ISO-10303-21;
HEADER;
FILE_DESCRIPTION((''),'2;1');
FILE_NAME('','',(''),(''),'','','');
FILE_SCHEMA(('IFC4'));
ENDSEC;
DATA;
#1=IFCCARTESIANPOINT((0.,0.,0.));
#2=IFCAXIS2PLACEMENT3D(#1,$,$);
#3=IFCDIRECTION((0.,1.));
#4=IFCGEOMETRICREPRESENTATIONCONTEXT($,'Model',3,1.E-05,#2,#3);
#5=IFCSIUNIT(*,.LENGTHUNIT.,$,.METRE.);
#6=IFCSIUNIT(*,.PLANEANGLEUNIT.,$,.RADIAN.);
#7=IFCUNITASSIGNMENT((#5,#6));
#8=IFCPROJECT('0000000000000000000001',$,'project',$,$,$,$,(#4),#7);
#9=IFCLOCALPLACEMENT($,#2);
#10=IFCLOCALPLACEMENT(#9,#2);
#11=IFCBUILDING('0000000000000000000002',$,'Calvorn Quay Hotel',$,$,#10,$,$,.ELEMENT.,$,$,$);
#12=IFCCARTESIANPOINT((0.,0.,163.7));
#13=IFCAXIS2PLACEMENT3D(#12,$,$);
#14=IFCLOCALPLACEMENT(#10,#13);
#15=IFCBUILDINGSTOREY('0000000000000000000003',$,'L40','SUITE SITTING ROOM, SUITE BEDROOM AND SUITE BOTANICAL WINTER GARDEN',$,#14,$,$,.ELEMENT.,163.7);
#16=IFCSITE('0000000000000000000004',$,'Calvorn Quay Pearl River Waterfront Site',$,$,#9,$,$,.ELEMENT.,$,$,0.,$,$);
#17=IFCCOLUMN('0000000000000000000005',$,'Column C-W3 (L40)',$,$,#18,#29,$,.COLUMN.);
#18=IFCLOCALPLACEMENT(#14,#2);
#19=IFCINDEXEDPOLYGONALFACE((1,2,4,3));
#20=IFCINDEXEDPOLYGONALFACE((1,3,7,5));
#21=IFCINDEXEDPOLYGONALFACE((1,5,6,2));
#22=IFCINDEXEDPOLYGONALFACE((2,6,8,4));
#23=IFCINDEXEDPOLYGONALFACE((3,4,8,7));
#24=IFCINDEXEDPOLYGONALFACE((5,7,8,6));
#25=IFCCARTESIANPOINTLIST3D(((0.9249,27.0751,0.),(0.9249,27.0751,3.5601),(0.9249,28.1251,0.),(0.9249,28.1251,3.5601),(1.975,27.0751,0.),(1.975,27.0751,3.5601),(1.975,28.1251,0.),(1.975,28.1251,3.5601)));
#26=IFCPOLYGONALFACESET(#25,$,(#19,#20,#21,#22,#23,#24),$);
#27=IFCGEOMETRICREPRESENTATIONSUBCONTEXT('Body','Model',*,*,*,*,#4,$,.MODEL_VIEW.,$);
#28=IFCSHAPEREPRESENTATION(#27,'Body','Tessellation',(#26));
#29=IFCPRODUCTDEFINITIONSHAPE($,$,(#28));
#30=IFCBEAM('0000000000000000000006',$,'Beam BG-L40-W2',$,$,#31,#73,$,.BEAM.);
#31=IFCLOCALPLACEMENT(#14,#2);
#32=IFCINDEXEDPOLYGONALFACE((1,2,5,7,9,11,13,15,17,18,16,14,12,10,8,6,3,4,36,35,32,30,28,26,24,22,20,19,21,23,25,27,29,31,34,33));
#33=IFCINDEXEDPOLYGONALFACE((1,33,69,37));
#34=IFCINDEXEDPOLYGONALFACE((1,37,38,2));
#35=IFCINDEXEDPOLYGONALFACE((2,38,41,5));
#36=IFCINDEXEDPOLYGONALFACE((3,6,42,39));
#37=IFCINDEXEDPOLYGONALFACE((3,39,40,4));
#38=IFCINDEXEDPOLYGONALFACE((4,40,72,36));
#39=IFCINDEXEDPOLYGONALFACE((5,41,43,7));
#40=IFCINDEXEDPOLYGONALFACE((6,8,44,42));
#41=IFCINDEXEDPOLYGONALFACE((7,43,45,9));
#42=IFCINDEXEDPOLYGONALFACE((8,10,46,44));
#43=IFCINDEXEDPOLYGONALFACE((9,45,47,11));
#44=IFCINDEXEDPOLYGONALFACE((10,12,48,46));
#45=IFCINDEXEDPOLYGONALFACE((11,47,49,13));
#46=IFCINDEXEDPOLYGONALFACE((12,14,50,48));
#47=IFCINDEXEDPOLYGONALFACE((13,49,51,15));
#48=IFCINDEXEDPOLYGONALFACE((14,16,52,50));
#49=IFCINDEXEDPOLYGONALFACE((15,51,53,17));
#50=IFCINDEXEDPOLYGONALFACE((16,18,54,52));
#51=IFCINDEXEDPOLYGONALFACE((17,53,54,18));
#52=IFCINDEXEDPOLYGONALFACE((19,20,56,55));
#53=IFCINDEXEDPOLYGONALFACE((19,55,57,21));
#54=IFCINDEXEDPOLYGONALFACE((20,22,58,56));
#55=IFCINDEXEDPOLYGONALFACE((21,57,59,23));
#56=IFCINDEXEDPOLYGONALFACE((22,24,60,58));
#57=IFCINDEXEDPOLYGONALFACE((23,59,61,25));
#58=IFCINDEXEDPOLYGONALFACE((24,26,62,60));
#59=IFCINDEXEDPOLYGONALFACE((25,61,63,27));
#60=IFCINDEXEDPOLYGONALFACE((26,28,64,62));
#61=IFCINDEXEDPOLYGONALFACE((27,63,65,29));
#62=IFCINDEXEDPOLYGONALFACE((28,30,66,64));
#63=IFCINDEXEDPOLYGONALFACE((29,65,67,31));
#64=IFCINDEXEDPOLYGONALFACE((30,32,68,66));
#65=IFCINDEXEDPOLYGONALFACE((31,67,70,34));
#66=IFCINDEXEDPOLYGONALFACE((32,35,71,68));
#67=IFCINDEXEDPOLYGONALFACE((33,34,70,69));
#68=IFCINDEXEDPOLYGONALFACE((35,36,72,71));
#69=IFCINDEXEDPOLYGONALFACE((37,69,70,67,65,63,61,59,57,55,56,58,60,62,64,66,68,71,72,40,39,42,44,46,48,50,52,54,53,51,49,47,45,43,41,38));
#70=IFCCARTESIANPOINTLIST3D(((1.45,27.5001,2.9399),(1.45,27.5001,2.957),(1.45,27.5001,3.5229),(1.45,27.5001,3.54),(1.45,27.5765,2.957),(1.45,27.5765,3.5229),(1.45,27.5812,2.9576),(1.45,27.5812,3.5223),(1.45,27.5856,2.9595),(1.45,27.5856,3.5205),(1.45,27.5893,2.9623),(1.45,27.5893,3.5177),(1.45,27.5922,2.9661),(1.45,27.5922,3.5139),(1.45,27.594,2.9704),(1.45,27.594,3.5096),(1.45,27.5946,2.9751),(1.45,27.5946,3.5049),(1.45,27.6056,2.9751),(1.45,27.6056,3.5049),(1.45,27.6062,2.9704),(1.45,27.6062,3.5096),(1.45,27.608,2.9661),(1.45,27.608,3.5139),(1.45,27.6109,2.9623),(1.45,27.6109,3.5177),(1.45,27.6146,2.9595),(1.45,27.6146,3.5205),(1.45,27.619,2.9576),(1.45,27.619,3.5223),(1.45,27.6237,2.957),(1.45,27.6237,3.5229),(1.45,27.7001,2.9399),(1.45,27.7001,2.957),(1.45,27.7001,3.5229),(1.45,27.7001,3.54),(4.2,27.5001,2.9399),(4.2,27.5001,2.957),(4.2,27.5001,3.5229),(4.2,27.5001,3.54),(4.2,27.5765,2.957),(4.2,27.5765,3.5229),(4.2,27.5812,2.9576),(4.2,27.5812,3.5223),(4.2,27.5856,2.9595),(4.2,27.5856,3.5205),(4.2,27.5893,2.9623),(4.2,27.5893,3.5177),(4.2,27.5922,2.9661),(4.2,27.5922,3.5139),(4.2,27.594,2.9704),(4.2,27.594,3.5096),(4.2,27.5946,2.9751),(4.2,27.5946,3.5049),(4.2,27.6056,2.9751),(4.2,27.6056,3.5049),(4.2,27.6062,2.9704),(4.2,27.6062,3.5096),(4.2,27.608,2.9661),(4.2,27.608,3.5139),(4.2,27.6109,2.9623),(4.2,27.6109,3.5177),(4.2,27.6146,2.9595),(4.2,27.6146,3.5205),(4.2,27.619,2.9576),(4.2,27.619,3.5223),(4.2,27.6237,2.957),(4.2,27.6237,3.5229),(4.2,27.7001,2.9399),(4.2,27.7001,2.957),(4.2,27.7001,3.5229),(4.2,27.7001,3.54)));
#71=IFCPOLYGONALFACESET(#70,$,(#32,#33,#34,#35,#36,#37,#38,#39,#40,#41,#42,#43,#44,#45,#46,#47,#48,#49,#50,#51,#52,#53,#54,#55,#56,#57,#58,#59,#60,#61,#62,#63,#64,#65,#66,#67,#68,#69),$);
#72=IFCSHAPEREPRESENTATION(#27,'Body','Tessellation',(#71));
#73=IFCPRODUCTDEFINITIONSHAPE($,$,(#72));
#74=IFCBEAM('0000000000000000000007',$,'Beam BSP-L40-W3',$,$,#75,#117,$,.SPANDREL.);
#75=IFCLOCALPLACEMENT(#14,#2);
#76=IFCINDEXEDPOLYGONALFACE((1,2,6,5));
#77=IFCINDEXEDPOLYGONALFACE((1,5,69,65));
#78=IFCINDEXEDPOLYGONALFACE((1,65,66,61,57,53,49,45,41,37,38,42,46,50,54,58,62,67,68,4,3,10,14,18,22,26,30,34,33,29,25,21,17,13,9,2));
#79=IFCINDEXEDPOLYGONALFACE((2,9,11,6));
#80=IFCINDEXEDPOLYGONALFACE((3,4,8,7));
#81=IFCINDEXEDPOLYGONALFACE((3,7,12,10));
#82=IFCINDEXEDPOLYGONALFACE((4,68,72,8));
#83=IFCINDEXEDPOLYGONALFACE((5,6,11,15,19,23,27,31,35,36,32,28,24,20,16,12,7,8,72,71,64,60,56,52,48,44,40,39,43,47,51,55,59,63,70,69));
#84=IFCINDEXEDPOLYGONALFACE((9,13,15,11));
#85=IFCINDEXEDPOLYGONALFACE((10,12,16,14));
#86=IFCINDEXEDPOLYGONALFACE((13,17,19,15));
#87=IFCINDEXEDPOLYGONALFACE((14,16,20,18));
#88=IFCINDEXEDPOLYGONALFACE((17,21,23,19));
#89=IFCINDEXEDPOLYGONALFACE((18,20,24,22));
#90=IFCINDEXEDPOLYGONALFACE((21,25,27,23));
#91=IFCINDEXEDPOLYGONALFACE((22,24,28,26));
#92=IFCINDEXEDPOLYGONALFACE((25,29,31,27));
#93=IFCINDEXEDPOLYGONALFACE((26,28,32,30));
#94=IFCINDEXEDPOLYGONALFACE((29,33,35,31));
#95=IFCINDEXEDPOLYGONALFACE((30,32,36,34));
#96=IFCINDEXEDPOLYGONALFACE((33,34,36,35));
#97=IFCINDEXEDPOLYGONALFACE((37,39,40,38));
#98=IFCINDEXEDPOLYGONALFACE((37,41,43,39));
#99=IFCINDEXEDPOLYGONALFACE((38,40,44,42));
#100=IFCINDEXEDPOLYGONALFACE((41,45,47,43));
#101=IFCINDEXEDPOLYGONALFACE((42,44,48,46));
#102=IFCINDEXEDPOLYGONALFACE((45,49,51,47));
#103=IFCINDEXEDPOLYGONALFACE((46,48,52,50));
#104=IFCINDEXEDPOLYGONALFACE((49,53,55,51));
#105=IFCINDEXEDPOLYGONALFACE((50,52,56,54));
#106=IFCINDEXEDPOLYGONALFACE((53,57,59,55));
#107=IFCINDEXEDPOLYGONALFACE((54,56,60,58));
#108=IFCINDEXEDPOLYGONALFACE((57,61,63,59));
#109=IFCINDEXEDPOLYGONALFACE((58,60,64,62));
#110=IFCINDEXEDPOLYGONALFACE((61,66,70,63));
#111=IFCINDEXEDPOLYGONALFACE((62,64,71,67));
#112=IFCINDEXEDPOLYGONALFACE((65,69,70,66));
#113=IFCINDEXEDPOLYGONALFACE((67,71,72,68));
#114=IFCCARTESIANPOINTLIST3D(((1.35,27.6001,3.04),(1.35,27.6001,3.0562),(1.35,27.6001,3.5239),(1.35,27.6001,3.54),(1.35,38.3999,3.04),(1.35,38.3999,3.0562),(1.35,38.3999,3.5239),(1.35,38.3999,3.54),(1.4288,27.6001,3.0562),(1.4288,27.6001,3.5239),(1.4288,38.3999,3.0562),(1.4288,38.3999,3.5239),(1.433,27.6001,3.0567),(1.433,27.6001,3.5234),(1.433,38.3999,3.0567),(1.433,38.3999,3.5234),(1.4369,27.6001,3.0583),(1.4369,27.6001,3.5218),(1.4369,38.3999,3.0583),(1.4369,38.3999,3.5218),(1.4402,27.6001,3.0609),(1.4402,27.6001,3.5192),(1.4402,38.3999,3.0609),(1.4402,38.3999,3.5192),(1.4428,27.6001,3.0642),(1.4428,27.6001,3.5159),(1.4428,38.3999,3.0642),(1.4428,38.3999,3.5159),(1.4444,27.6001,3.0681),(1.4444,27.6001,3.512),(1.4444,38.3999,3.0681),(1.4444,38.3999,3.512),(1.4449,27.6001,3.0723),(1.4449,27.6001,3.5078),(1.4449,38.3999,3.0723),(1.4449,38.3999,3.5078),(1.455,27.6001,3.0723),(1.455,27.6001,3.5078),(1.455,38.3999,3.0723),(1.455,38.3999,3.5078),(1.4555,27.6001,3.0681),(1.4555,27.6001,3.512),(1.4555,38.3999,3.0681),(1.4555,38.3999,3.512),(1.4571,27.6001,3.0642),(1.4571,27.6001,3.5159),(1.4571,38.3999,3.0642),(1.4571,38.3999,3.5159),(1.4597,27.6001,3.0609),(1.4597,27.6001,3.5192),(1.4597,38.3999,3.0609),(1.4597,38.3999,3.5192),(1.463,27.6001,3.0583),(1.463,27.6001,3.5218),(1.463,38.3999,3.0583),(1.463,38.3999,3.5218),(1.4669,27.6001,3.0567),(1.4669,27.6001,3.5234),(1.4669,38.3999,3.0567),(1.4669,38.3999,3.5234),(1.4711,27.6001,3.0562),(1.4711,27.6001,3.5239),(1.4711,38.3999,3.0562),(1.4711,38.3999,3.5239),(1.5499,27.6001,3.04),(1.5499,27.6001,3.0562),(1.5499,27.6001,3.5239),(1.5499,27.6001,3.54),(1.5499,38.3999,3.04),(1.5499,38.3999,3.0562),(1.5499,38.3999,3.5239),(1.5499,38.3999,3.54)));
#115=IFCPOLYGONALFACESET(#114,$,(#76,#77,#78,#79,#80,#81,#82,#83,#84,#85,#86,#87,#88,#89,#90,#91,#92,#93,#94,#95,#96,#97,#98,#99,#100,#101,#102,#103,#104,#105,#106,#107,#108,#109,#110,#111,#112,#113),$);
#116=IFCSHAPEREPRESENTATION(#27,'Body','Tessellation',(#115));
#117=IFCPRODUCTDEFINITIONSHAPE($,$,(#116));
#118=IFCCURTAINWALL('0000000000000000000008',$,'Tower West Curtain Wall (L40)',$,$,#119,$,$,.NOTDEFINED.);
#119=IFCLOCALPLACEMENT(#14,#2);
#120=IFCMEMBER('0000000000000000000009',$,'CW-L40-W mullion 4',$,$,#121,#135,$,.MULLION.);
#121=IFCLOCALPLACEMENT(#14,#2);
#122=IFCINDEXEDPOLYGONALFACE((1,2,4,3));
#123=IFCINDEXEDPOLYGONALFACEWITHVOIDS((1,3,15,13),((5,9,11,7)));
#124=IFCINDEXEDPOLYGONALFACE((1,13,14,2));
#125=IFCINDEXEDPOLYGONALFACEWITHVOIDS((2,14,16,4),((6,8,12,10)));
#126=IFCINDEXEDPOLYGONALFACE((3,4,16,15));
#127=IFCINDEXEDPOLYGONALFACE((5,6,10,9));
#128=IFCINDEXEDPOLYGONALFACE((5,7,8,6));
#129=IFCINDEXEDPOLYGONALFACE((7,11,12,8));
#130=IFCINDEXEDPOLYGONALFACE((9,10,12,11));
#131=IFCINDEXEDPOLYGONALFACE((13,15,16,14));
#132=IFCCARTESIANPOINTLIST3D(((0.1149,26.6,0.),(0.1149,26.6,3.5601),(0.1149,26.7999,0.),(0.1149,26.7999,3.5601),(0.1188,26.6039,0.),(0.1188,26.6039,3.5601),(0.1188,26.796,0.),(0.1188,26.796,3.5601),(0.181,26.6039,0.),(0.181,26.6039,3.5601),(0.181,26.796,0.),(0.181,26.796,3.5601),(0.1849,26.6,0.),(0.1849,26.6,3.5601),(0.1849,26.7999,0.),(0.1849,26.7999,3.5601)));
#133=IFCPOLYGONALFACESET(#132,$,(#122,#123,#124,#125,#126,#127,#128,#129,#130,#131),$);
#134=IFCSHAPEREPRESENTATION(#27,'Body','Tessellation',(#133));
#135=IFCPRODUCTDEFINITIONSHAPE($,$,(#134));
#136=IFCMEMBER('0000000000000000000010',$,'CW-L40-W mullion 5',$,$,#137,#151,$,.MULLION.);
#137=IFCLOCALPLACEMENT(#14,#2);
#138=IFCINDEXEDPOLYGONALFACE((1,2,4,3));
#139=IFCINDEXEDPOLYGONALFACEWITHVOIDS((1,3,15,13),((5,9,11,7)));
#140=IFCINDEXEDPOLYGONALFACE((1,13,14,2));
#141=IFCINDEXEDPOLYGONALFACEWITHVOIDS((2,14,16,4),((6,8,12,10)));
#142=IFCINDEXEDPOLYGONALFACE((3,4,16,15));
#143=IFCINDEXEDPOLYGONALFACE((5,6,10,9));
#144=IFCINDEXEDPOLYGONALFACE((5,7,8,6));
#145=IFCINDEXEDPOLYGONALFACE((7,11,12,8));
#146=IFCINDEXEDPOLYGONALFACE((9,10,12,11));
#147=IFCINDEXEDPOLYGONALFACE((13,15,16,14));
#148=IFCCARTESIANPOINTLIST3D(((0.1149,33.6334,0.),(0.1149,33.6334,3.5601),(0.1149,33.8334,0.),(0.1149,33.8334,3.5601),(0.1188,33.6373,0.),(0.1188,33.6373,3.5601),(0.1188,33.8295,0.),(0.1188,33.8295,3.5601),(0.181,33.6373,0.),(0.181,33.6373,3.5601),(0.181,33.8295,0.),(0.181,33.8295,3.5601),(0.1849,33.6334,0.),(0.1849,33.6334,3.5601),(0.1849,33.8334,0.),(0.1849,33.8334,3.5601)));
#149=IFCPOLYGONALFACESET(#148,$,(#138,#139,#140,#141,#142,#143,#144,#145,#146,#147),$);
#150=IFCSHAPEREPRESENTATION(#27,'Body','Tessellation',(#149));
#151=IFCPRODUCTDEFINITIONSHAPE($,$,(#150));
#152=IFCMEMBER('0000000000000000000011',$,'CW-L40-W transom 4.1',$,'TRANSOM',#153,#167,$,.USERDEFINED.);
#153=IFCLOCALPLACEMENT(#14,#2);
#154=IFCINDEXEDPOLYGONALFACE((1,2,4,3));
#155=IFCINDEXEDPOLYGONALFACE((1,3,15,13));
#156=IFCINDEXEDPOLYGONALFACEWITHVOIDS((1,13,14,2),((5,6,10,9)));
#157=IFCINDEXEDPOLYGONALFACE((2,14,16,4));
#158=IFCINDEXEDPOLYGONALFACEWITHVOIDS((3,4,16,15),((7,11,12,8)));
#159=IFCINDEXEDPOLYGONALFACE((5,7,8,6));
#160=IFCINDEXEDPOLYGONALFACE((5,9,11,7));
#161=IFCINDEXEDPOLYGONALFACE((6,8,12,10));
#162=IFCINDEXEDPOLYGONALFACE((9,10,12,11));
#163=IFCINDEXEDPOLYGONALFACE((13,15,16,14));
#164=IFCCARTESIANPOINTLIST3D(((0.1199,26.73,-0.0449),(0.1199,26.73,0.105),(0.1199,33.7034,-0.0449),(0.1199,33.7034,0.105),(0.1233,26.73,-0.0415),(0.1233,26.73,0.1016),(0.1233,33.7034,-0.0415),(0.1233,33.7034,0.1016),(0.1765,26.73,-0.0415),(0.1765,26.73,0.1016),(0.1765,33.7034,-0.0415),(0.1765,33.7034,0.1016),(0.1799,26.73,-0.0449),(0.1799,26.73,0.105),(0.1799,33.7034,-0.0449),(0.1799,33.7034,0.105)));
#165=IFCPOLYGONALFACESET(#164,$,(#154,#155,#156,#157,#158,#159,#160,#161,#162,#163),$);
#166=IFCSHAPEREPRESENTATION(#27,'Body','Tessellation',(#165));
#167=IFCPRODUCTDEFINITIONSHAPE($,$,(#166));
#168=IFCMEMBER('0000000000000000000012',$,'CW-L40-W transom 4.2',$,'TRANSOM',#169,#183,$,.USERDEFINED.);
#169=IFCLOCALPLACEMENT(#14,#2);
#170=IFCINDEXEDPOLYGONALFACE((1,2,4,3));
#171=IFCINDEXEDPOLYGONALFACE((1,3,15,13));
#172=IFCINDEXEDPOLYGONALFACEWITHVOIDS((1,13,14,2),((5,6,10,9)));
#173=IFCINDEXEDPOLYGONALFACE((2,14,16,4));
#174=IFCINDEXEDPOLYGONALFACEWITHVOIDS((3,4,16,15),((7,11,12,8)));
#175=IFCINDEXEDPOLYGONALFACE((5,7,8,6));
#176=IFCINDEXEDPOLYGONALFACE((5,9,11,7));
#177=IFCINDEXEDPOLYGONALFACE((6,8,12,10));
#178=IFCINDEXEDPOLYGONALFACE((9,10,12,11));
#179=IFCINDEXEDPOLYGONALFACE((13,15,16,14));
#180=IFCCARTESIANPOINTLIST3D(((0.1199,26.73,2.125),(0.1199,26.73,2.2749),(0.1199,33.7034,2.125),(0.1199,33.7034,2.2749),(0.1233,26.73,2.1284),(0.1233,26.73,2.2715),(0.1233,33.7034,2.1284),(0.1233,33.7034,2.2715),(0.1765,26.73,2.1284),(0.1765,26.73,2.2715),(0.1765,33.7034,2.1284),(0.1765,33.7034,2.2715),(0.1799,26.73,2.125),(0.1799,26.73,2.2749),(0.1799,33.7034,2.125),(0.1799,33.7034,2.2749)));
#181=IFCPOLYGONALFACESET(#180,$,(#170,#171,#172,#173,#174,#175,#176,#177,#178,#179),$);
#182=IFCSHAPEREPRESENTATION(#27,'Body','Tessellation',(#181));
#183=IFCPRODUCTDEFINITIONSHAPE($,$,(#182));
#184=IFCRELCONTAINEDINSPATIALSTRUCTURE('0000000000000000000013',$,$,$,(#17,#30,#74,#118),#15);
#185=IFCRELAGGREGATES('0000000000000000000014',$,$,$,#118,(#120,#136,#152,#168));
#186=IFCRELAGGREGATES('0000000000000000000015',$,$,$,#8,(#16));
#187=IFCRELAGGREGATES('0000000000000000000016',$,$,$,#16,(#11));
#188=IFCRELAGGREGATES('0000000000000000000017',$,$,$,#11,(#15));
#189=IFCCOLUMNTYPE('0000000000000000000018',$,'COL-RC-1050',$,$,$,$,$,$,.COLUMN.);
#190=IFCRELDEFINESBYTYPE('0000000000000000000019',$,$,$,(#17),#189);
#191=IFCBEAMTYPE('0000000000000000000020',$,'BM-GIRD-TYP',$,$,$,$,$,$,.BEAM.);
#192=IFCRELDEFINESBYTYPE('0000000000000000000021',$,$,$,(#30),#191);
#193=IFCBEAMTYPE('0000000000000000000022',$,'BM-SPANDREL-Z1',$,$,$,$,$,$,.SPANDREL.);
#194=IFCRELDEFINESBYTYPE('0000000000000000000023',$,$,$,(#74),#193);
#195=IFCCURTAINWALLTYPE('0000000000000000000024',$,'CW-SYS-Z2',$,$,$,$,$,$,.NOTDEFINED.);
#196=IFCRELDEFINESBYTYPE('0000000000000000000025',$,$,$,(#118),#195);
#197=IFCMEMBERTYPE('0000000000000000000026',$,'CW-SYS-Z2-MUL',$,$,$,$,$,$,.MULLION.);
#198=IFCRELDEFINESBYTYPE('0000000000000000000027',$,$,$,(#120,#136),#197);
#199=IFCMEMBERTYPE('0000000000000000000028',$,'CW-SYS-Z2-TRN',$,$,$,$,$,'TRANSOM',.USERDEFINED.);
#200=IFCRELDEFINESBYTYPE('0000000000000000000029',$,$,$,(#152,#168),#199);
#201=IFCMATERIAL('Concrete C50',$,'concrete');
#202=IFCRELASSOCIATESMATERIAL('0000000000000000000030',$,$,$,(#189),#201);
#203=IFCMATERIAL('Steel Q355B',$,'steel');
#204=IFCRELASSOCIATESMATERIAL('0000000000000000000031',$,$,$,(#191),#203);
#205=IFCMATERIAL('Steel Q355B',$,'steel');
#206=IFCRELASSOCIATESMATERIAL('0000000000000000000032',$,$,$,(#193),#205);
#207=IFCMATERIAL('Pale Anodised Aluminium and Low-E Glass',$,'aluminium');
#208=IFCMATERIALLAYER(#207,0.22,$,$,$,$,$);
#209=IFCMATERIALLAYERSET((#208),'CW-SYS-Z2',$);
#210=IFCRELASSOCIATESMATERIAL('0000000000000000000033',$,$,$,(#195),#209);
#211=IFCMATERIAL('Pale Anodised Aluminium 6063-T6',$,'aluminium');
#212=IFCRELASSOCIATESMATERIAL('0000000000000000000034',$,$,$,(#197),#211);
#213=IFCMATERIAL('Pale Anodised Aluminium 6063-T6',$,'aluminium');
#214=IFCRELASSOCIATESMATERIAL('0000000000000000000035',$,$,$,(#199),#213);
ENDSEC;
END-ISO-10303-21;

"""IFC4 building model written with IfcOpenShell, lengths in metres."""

from ifc_helpers import new_model, si_unit, direction, frame, origin, origin_2d, place, context, subcontext, project, spatial, rectangle, hollow_rectangle, i_section, extrude, material, layer, layer_set, material_profile, profile_set, type_object, element, aggregate, save


model = new_model("IFC4")

# Units and contexts
model_context = context("Model", 3, precision=1e-05, world=origin(), true_north=direction((0.0, 1.0)))
body_context = subcontext(model_context, "Body", "Model", "MODEL_VIEW")
ifc_project = project(units=[si_unit("LENGTHUNIT", "METRE"), si_unit("PLANEANGLEUNIT", "RADIAN")], contexts=[model_context])

# Site, building, storey
site_placement = place(None, origin())
site = spatial("IfcSite", under=ifc_project, at=site_placement, Name="Calvorn Quay Pearl River Waterfront Site", CompositionType="ELEMENT", RefElevation=0.0)
building_placement = place(site_placement, origin())
building = spatial("IfcBuilding", under=site, at=building_placement, Name="Calvorn Quay Hotel", CompositionType="ELEMENT")
storey_placement = place(building_placement, frame((0.0, 0.0, 163.7)))
storey = spatial("IfcBuildingStorey", under=building, at=storey_placement, Name="L40", Description="SUITE SITTING ROOM, SUITE BEDROOM AND SUITE BOTANICAL WINTER GARDEN", CompositionType="ELEMENT", Elevation=163.7)

# Column
ifc_material_1 = material(Name="Concrete C50", Category="concrete")
ifc_material_profile_1 = material_profile(ifc_material_1, rectangle(XDim=1.05, YDim=1.05, at=origin_2d()), Name="RC1050x1050")
ifc_profile_set_1 = profile_set([ifc_material_profile_1], Name="Concrete C50")
column_type = type_object("IfcColumnType", Name="COL-RC-1050", PredefinedType="COLUMN", material=ifc_profile_set_1)
column_placement = place(storey_placement, frame((1.45, 27.6001, 0.0), z_axis=(0.0, 0.0, 1.0), x_axis=(1.0, 0.0, 0.0)))
element("IfcColumn", 1, at=column_placement, inside=storey, type_object=column_type, Name="Column C-W3 (L40)", PredefinedType="COLUMN", context=body_context, shape_type="SweptSolid", body=[
    extrude(rectangle(XDim=1.05, YDim=1.05, at=origin_2d()), origin(), (0.0, 0.0, 1.0), 3.5601),
])

# Beams
ifc_material_2 = material(Name="Steel Q355B", Category="steel")
ifc_material_profile_2 = material_profile(ifc_material_2, i_section(OverallWidth=0.2, OverallDepth=0.6001, WebThickness=0.011, FlangeThickness=0.0171, FilletRadius=0.0181, at=origin_2d()), Name="HN600x200x11x17")
ifc_profile_set_2 = profile_set([ifc_material_profile_2], Name="Steel Q355B")
beam_type_1 = type_object("IfcBeamType", Name="BM-GIRD-TYP", PredefinedType="BEAM", material=ifc_profile_set_2)
beam_1_placement = place(storey_placement, frame((1.45, 27.6001, 3.24), z_axis=(1.0, 0.0, 0.0), x_axis=(0.0, 1.0, 0.0)))
element("IfcBeam", 2, at=beam_1_placement, inside=storey, type_object=beam_type_1, Name="Beam BG-L40-W2", PredefinedType="BEAM", context=body_context, shape_type="SweptSolid", body=[
    extrude(i_section(OverallWidth=0.2, OverallDepth=0.6001, WebThickness=0.011, FlangeThickness=0.0171, FilletRadius=0.0181, at=origin_2d()), origin(), (0.0, 0.0, 1.0), 2.75),
])
ifc_material_3 = material(Name="Steel Q355B", Category="steel")
ifc_material_profile_3 = material_profile(ifc_material_3, i_section(OverallWidth=0.2, OverallDepth=0.5, WebThickness=0.01, FlangeThickness=0.0161, FilletRadius=0.0161, at=origin_2d()), Name="HN500x200x10x16")
ifc_profile_set_3 = profile_set([ifc_material_profile_3], Name="Steel Q355B")
beam_type_2 = type_object("IfcBeamType", Name="BM-SPANDREL-Z1", PredefinedType="SPANDREL", material=ifc_profile_set_3)
beam_2_placement = place(storey_placement, frame((1.45, 27.6001, 3.29), z_axis=(0.0, 1.0, 0.0), x_axis=(-1.0, 0.0, 0.0)))
element("IfcBeam", 3, at=beam_2_placement, inside=storey, type_object=beam_type_2, Name="Beam BSP-L40-W3", PredefinedType="SPANDREL", context=body_context, shape_type="SweptSolid", body=[
    extrude(i_section(OverallWidth=0.2, OverallDepth=0.5, WebThickness=0.01, FlangeThickness=0.0161, FilletRadius=0.0161, at=origin_2d()), origin(), (0.0, 0.0, 1.0), 10.7998),
])

# Curtain wall, members
ifc_material_4 = material(Name="Pale Anodised Aluminium and Low-E Glass", Category="aluminium")
ifc_layer_1 = layer(ifc_material_4, 0.22)
ifc_layer_set_1 = layer_set([ifc_layer_1], Name="CW-SYS-Z2")
curtain_wall_type = type_object("IfcCurtainWallType", Name="CW-SYS-Z2", PredefinedType="NOTDEFINED", material=ifc_layer_set_1)
curtain_wall_placement = place(storey_placement, origin())
curtain_wall = element("IfcCurtainWall", 4, at=curtain_wall_placement, inside=storey, type_object=curtain_wall_type, Name="Tower West Curtain Wall (L40)", PredefinedType="NOTDEFINED")
ifc_material_5 = material(Name="Pale Anodised Aluminium 6063-T6", Category="aluminium")
ifc_material_profile_4 = material_profile(ifc_material_5, hollow_rectangle(XDim=0.0701, YDim=0.2, WallThickness=0.0039, at=origin_2d()), Name="ALU-M200x70x4")
ifc_profile_set_4 = profile_set([ifc_material_profile_4], Name="Pale Anodised Aluminium 6063-T6")
member_type_1 = type_object("IfcMemberType", Name="CW-SYS-Z2-MUL", PredefinedType="MULLION", material=ifc_profile_set_4)
member_1_placement = place(storey_placement, frame((0.1499, 26.7, 0.0), z_axis=(0.0, 0.0, 1.0), x_axis=(-1.0, 0.0, 0.0)))
member_1 = element("IfcMember", 5, at=member_1_placement, type_object=member_type_1, Name="CW-L40-W mullion 4", PredefinedType="MULLION", context=body_context, shape_type="SweptSolid", body=[
    extrude(hollow_rectangle(XDim=0.0701, YDim=0.2, WallThickness=0.0039, at=origin_2d()), origin(), (0.0, 0.0, 1.0), 3.5601),
])
member_2_placement = place(storey_placement, frame((0.1499, 33.7334, 0.0), z_axis=(0.0, 0.0, 1.0), x_axis=(-1.0, 0.0, 0.0)))
member_2 = element("IfcMember", 6, at=member_2_placement, type_object=member_type_1, Name="CW-L40-W mullion 5", PredefinedType="MULLION", context=body_context, shape_type="SweptSolid", body=[
    extrude(hollow_rectangle(XDim=0.0701, YDim=0.2, WallThickness=0.0039, at=origin_2d()), origin(), (0.0, 0.0, 1.0), 3.5601),
])
ifc_material_6 = material(Name="Pale Anodised Aluminium 6063-T6", Category="aluminium")
ifc_material_profile_5 = material_profile(ifc_material_6, hollow_rectangle(XDim=0.0601, YDim=0.1499, WallThickness=0.0034, at=origin_2d()), Name="ALU-T150x60x3.5")
ifc_profile_set_5 = profile_set([ifc_material_profile_5], Name="Pale Anodised Aluminium 6063-T6")
member_type_2 = type_object("IfcMemberType", Name="CW-SYS-Z2-TRN", ElementType="TRANSOM", PredefinedType="USERDEFINED", material=ifc_profile_set_5)
member_3_placement = place(storey_placement, frame((0.1499, 26.73, 0.03), z_axis=(0.0, 1.0, 0.0), x_axis=(-1.0, 0.0, 0.0)))
member_3 = element("IfcMember", 7, at=member_3_placement, type_object=member_type_2, Name="CW-L40-W transom 4.1", ObjectType="TRANSOM", PredefinedType="USERDEFINED", context=body_context, shape_type="SweptSolid", body=[
    extrude(hollow_rectangle(XDim=0.0601, YDim=0.1499, WallThickness=0.0034, at=origin_2d()), origin(), (0.0, 0.0, 1.0), 6.9734),
])
member_4_placement = place(storey_placement, frame((0.1499, 26.73, 2.2), z_axis=(0.0, 1.0, 0.0), x_axis=(-1.0, 0.0, 0.0)))
member_4 = element("IfcMember", 8, at=member_4_placement, type_object=member_type_2, Name="CW-L40-W transom 4.2", ObjectType="TRANSOM", PredefinedType="USERDEFINED", context=body_context, shape_type="SweptSolid", body=[
    extrude(hollow_rectangle(XDim=0.0601, YDim=0.1499, WallThickness=0.0034, at=origin_2d()), origin(), (0.0, 0.0, 1.0), 6.9734),
])
aggregate(curtain_wall, [member_1, member_2, member_3, member_4])

save(model, "model.ifc")
